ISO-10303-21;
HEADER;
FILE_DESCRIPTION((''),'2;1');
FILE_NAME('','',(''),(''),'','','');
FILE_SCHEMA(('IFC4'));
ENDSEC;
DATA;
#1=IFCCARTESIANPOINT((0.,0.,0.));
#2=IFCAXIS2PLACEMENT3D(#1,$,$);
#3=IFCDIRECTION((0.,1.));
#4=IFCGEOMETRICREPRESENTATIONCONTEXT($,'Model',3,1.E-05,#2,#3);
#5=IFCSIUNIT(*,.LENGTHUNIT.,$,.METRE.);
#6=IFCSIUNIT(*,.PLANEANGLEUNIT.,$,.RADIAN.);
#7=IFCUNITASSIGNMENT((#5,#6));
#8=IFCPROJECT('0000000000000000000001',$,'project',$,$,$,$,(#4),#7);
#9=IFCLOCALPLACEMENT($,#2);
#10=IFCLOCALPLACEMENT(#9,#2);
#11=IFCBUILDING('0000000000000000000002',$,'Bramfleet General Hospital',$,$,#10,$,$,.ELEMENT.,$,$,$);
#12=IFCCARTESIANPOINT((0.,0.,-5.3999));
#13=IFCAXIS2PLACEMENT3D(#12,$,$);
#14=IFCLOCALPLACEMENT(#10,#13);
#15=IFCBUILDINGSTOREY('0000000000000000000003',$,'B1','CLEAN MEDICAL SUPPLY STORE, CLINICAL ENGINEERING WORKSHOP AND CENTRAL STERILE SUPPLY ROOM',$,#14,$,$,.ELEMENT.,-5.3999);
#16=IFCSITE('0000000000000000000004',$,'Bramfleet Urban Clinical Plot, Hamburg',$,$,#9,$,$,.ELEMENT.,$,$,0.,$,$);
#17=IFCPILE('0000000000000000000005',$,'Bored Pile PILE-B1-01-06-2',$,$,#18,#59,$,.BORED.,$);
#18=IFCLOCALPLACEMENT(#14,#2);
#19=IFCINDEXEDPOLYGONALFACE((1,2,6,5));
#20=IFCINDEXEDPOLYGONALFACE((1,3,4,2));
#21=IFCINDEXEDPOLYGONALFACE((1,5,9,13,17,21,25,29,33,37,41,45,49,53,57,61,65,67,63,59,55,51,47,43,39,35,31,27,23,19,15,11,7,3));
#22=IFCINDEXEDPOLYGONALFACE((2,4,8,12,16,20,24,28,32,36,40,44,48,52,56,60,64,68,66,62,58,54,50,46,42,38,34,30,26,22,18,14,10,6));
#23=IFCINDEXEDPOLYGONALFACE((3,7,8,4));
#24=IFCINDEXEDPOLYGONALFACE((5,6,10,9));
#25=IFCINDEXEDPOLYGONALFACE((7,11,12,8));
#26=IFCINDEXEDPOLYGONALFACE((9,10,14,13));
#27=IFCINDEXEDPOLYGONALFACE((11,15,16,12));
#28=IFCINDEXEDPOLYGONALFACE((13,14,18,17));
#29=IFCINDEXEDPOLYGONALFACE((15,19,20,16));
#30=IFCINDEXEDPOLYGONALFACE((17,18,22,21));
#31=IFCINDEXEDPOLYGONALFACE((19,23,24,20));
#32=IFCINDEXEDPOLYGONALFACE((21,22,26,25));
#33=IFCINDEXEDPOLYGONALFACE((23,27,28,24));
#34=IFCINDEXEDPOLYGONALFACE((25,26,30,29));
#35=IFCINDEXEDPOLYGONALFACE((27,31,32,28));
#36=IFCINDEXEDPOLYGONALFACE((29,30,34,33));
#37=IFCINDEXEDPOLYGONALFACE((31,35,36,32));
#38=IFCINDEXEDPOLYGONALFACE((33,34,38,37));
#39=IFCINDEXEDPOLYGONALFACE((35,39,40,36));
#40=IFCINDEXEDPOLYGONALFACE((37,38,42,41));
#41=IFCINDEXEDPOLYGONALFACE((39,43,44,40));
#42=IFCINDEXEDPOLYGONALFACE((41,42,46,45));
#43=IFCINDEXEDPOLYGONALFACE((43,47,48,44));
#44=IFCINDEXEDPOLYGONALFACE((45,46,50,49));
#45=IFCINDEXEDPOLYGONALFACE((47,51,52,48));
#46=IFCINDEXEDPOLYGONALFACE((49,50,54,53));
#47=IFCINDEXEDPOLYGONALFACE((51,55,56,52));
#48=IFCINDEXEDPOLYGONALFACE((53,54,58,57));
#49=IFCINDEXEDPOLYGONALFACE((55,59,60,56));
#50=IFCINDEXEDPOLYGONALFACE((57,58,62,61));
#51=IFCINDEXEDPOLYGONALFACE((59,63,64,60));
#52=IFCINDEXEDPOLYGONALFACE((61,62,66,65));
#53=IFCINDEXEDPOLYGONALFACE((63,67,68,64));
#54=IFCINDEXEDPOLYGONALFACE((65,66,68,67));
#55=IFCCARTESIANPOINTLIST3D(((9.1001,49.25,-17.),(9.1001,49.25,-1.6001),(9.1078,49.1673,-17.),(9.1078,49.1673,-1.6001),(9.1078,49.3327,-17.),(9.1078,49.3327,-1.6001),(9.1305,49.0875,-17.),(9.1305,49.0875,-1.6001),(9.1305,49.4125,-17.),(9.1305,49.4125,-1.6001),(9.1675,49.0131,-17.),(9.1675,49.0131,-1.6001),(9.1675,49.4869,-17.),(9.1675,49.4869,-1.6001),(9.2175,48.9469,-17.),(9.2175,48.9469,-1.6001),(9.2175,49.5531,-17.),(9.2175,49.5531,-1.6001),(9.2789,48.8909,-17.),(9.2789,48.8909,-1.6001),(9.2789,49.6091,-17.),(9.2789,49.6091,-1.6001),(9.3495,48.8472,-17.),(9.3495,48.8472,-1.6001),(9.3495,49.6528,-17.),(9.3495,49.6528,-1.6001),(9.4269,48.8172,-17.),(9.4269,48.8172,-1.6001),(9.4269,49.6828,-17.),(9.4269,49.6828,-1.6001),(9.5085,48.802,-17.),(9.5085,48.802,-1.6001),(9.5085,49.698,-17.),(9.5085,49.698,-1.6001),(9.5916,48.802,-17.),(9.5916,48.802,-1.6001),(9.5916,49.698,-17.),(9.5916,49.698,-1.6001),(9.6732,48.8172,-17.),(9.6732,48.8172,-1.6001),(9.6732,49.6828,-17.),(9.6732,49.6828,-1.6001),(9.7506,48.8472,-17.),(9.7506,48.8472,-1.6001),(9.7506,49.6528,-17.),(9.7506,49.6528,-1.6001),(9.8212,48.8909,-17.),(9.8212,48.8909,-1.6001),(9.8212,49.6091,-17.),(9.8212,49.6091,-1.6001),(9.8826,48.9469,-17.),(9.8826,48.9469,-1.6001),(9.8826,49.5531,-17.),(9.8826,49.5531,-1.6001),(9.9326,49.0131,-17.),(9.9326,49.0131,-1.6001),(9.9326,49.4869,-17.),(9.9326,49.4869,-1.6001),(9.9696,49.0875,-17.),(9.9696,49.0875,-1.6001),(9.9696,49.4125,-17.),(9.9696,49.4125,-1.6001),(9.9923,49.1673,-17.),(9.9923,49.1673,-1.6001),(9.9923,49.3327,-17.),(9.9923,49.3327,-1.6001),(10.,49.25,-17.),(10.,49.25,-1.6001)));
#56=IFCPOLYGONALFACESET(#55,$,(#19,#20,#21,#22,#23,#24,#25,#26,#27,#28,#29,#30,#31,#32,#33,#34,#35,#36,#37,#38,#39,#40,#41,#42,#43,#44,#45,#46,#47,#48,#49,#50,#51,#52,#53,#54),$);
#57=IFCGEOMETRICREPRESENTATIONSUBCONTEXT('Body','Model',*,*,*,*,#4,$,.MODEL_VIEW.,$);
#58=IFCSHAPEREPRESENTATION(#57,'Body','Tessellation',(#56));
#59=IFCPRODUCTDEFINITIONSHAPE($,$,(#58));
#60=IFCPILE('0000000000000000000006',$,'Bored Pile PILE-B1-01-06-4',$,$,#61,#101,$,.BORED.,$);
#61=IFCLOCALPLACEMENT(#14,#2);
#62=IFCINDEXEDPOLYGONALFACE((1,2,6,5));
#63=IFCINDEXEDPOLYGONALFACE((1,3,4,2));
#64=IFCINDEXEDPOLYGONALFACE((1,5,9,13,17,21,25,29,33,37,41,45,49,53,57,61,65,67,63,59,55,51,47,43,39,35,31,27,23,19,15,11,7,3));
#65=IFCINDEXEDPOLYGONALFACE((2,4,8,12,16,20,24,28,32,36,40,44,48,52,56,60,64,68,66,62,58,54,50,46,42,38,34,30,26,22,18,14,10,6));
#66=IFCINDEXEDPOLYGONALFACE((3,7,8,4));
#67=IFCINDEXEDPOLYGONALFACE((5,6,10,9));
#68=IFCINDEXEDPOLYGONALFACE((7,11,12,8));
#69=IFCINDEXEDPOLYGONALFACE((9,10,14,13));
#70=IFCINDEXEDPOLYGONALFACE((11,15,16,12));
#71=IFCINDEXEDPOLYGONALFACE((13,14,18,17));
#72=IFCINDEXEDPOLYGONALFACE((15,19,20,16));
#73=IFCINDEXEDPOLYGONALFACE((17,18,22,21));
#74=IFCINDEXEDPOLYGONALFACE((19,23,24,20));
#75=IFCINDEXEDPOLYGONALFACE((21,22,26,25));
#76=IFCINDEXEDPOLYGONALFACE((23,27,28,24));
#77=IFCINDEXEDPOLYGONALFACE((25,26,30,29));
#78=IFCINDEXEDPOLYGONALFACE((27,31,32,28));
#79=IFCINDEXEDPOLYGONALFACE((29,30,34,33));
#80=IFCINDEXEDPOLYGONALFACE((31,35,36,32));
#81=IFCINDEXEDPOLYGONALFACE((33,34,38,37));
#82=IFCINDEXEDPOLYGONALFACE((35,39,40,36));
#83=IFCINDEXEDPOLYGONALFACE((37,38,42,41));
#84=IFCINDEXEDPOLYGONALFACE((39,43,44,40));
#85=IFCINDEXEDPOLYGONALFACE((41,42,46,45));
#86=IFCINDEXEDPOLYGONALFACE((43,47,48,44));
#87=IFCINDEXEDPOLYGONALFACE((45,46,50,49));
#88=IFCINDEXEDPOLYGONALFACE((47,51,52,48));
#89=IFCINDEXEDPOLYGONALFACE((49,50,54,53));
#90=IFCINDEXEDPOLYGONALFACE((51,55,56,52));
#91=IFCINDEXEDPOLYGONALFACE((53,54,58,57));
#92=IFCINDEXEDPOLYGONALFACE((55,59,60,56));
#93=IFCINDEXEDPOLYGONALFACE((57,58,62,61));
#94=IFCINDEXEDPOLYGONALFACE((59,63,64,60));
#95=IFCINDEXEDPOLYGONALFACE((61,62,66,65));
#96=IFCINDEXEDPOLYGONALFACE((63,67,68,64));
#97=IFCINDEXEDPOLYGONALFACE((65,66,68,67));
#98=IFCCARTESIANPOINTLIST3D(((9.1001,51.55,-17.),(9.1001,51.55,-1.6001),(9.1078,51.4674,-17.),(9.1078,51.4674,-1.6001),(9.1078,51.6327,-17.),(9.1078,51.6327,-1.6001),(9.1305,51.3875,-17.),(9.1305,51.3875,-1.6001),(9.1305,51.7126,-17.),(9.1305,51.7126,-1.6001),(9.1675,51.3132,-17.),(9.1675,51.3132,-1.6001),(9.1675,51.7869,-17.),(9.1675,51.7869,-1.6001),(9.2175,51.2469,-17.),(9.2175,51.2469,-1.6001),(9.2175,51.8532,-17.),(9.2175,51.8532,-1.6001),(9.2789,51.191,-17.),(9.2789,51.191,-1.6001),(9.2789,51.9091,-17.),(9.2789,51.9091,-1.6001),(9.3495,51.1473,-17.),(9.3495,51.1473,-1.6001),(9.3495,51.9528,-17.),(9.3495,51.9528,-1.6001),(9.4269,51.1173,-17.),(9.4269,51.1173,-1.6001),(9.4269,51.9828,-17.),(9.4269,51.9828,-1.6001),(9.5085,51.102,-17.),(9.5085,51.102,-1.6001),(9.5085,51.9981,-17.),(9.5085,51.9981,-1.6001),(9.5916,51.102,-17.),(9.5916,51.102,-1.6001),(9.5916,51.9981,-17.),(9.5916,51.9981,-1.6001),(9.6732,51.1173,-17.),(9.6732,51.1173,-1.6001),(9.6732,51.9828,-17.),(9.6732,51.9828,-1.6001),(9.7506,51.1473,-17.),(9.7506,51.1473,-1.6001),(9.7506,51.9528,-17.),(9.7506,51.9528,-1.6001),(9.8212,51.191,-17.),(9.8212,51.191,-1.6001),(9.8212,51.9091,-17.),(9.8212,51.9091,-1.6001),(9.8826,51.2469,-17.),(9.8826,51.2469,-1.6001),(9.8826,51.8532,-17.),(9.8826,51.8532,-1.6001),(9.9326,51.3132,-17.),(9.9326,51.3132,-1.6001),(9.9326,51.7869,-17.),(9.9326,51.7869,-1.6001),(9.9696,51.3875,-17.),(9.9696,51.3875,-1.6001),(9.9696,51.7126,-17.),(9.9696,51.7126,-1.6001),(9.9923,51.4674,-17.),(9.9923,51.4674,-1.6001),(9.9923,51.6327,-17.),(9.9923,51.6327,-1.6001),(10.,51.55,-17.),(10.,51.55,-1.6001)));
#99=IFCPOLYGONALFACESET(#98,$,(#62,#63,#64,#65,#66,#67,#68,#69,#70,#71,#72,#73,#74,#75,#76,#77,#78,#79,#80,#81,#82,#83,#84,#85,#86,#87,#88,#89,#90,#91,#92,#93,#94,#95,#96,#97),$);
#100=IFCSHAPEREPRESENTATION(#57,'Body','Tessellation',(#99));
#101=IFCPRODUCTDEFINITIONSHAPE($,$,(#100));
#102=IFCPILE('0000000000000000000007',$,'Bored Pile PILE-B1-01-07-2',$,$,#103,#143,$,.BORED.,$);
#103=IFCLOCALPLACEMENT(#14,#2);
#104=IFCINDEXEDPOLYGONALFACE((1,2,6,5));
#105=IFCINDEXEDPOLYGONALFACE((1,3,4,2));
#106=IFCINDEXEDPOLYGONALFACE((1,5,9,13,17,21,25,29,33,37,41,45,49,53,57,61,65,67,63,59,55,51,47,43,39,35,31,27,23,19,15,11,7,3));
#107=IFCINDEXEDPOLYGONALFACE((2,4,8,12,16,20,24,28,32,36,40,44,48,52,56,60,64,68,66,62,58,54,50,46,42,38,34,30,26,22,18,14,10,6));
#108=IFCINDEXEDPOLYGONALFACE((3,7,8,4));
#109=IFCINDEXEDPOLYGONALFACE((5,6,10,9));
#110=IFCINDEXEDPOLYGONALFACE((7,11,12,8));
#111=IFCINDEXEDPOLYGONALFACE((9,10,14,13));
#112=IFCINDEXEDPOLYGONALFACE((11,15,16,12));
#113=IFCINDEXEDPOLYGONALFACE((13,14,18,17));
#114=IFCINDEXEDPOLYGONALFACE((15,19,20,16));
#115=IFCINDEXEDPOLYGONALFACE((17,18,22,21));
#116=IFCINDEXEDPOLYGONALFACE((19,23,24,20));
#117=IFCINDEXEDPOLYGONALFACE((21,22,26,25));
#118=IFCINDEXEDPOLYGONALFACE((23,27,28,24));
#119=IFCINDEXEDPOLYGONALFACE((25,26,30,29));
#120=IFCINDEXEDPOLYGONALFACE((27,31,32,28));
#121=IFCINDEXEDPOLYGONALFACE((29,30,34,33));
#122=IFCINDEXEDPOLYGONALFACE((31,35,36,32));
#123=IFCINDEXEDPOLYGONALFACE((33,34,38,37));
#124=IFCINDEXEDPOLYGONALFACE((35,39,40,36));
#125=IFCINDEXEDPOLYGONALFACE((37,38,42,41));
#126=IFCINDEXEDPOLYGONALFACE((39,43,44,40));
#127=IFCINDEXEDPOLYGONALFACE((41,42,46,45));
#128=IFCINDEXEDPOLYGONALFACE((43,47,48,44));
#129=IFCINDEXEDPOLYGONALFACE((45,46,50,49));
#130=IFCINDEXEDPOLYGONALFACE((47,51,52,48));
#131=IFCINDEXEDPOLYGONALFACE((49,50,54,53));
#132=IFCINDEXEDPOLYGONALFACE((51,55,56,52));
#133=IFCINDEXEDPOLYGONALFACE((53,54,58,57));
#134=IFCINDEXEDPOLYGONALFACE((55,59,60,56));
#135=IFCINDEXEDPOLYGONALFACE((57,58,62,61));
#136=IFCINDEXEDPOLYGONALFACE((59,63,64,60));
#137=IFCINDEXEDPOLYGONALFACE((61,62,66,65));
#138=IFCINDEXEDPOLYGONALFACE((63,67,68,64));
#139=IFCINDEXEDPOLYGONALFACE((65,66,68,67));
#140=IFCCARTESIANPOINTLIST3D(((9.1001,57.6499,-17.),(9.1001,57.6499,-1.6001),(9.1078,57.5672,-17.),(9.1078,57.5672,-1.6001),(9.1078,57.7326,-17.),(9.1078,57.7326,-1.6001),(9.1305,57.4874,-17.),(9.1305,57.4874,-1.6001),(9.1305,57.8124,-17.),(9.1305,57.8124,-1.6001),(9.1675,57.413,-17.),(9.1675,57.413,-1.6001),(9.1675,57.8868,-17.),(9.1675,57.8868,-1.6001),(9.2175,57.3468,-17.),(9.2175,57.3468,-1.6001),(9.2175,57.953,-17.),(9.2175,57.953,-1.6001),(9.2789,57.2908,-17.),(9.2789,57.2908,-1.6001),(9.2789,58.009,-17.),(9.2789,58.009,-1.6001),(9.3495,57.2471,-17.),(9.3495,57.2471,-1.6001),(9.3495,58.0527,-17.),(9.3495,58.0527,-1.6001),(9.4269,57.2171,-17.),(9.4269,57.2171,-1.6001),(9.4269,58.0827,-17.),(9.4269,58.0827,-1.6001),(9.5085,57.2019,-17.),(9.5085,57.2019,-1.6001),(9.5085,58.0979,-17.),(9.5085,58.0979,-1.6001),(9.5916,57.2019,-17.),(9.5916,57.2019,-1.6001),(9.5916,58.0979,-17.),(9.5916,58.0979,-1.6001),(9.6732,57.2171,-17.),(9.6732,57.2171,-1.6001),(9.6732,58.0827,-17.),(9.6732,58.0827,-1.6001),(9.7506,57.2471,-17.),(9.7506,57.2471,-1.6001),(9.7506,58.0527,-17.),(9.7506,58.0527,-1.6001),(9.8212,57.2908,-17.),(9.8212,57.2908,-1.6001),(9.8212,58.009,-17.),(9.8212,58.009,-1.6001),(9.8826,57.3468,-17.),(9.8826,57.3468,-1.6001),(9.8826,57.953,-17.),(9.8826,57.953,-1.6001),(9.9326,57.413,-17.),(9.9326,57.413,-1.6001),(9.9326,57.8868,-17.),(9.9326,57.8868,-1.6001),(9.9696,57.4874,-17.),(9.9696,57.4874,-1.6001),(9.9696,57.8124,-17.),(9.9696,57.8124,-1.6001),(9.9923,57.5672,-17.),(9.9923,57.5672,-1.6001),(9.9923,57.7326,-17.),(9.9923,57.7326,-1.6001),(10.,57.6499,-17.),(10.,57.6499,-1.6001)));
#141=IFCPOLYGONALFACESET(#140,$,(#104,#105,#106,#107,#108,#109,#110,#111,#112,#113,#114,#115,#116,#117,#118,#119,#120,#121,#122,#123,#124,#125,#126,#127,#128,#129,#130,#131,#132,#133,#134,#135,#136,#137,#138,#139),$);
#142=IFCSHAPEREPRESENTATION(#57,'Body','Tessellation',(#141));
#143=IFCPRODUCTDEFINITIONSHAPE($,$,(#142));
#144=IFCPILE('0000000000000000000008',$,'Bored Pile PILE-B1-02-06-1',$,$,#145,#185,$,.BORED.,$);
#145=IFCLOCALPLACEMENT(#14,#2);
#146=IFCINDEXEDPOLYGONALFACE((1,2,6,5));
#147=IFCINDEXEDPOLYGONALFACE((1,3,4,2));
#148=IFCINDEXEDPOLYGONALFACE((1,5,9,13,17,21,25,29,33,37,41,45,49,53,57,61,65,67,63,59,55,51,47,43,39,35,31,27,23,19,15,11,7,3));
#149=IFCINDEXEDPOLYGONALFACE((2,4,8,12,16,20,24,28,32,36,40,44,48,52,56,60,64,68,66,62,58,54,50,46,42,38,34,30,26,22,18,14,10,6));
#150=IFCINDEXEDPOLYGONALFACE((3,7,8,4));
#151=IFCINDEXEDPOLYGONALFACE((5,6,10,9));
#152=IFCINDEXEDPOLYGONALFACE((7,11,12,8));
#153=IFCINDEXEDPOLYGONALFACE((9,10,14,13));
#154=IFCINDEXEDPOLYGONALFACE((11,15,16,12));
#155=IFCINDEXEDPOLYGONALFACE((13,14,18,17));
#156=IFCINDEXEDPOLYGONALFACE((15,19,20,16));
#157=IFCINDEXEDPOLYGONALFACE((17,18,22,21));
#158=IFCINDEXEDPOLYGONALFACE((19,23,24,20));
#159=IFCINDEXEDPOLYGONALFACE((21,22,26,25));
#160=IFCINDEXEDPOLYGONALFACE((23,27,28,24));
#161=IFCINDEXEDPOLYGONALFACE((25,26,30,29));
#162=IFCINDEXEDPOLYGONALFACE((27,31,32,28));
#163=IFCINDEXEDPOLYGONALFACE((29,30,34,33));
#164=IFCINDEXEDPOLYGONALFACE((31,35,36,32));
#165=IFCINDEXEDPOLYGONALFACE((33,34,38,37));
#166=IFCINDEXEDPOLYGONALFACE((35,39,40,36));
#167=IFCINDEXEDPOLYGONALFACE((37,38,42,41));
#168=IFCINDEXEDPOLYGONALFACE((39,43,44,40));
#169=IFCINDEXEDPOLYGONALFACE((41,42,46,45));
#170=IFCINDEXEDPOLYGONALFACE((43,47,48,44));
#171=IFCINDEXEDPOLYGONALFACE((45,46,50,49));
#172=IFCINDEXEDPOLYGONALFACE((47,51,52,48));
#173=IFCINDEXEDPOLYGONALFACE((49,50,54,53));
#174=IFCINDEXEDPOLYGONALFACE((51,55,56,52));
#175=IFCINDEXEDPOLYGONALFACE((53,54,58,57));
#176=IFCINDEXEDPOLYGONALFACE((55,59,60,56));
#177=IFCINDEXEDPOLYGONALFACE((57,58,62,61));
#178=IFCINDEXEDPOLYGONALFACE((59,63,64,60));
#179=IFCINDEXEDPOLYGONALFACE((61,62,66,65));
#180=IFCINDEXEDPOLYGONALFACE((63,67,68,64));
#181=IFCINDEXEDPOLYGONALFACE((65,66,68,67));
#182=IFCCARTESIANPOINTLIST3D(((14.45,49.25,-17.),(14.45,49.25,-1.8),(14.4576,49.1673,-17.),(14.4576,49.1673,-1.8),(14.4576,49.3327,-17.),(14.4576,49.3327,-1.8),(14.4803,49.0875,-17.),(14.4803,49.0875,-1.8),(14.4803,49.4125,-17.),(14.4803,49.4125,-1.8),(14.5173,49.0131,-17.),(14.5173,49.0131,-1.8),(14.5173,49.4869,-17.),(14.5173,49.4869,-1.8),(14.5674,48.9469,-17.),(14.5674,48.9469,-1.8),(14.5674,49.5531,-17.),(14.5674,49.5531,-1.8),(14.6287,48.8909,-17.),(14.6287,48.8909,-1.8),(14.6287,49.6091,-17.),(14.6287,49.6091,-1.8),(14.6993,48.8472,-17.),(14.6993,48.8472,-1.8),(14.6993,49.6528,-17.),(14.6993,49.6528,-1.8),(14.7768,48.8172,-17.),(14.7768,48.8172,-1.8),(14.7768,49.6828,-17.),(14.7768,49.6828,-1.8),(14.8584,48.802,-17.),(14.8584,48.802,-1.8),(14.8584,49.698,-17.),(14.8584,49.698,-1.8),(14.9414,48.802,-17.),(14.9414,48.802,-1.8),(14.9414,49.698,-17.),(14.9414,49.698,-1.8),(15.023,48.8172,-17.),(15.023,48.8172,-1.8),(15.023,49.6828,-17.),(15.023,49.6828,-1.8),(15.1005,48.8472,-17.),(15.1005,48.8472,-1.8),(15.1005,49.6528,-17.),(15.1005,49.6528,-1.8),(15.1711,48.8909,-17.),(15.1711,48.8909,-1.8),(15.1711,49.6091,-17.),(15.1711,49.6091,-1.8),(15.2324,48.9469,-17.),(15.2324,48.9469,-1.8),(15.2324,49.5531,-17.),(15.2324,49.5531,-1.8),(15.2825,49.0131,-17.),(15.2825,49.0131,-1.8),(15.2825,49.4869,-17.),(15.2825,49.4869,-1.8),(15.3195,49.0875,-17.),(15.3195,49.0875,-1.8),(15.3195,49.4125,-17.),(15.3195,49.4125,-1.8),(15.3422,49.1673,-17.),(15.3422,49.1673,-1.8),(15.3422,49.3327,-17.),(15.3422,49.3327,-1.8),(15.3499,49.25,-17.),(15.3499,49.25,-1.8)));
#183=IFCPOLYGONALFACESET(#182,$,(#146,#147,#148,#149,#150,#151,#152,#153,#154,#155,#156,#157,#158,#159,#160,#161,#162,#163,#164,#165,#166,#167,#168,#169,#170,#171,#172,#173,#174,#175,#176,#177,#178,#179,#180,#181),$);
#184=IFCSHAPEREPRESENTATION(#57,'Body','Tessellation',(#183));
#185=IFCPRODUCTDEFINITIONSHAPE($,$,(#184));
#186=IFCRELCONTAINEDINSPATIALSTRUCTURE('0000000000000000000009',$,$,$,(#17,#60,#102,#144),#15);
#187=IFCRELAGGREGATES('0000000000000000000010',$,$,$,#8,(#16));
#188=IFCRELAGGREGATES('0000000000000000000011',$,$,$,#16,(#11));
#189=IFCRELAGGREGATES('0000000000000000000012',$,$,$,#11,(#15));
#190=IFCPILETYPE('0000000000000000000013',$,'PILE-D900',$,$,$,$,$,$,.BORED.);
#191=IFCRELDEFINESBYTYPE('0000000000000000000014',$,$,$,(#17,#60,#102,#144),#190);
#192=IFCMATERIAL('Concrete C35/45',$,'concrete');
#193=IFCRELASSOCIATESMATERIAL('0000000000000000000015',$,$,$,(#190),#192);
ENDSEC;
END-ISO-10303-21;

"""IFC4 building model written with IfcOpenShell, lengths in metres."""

from ifc_helpers import new_model, si_unit, direction, frame, origin, origin_2d, place, context, subcontext, project, spatial, circle, extrude, material, material_profile, profile_set, type_object, element, save


model = new_model("IFC4")

# Units and contexts
model_context = context("Model", 3, precision=1e-05, world=origin(), true_north=direction((0.0, 1.0)))
body_context = subcontext(model_context, "Body", "Model", "MODEL_VIEW")
ifc_project = project(units=[si_unit("LENGTHUNIT", "METRE"), si_unit("PLANEANGLEUNIT", "RADIAN")], contexts=[model_context])

# Site, building, storey
site_placement = place(None, origin())
site = spatial("IfcSite", under=ifc_project, at=site_placement, Name="Bramfleet Urban Clinical Plot, Hamburg", CompositionType="ELEMENT", RefElevation=0.0)
building_placement = place(site_placement, origin())
building = spatial("IfcBuilding", under=site, at=building_placement, Name="Bramfleet General Hospital", CompositionType="ELEMENT")
storey_placement = place(building_placement, frame((0.0, 0.0, -5.3999)))
storey = spatial("IfcBuildingStorey", under=building, at=storey_placement, Name="B1", Description="CLEAN MEDICAL SUPPLY STORE, CLINICAL ENGINEERING WORKSHOP AND CENTRAL STERILE SUPPLY ROOM", CompositionType="ELEMENT", Elevation=-5.3999)

# Shared definitions
ifc_material_1 = material(Name="Concrete C35/45", Category="concrete")

# Piles
ifc_material_profile_1 = material_profile(ifc_material_1, circle(Radius=0.45, at=origin_2d()), Name="PILE BORED D900")
ifc_profile_set_1 = profile_set([ifc_material_profile_1], Name="Concrete C35/45")
pile_type_1 = type_object("IfcPileType", Name="PILE-D900", PredefinedType="BORED", material=ifc_profile_set_1)
for number, where, z_axis, x_axis, name in (
    (1, (9.55, 49.25, -1.6001), (0.0, 0.0, -1.0), (1.0, 0.0, 0.0), "Bored Pile PILE-B1-01-06-2"),
    (2, (9.55, 51.55, -1.6001), (0.0, 0.0, -1.0), (1.0, 0.0, 0.0), "Bored Pile PILE-B1-01-06-4"),
    (3, (9.55, 57.6499, -1.6001), (0.0, 0.0, -1.0), (1.0, 0.0, 0.0), "Bored Pile PILE-B1-01-07-2"),
):
    element("IfcPile", number, at=place(storey_placement, frame(where, z_axis=z_axis, x_axis=x_axis)), inside=storey, type_object=pile_type_1, Name=name, PredefinedType="BORED", context=body_context, shape_type="SweptSolid", body=[
        extrude(circle(Radius=0.45, at=origin_2d()), origin(), (0.0, 0.0, 1.0), 15.3999),
    ])
for number, where, z_axis, x_axis, name in (
    (4, (14.8999, 49.25, -1.8), (0.0, 0.0, -1.0), (1.0, 0.0, 0.0), "Bored Pile PILE-B1-02-06-1"),
):
    element("IfcPile", number, at=place(storey_placement, frame(where, z_axis=z_axis, x_axis=x_axis)), inside=storey, type_object=pile_type_1, Name=name, PredefinedType="BORED", context=body_context, shape_type="SweptSolid", body=[
        extrude(circle(Radius=0.45, at=origin_2d()), origin(), (0.0, 0.0, 1.0), 15.2),
    ])

save(model, "model.ifc")
